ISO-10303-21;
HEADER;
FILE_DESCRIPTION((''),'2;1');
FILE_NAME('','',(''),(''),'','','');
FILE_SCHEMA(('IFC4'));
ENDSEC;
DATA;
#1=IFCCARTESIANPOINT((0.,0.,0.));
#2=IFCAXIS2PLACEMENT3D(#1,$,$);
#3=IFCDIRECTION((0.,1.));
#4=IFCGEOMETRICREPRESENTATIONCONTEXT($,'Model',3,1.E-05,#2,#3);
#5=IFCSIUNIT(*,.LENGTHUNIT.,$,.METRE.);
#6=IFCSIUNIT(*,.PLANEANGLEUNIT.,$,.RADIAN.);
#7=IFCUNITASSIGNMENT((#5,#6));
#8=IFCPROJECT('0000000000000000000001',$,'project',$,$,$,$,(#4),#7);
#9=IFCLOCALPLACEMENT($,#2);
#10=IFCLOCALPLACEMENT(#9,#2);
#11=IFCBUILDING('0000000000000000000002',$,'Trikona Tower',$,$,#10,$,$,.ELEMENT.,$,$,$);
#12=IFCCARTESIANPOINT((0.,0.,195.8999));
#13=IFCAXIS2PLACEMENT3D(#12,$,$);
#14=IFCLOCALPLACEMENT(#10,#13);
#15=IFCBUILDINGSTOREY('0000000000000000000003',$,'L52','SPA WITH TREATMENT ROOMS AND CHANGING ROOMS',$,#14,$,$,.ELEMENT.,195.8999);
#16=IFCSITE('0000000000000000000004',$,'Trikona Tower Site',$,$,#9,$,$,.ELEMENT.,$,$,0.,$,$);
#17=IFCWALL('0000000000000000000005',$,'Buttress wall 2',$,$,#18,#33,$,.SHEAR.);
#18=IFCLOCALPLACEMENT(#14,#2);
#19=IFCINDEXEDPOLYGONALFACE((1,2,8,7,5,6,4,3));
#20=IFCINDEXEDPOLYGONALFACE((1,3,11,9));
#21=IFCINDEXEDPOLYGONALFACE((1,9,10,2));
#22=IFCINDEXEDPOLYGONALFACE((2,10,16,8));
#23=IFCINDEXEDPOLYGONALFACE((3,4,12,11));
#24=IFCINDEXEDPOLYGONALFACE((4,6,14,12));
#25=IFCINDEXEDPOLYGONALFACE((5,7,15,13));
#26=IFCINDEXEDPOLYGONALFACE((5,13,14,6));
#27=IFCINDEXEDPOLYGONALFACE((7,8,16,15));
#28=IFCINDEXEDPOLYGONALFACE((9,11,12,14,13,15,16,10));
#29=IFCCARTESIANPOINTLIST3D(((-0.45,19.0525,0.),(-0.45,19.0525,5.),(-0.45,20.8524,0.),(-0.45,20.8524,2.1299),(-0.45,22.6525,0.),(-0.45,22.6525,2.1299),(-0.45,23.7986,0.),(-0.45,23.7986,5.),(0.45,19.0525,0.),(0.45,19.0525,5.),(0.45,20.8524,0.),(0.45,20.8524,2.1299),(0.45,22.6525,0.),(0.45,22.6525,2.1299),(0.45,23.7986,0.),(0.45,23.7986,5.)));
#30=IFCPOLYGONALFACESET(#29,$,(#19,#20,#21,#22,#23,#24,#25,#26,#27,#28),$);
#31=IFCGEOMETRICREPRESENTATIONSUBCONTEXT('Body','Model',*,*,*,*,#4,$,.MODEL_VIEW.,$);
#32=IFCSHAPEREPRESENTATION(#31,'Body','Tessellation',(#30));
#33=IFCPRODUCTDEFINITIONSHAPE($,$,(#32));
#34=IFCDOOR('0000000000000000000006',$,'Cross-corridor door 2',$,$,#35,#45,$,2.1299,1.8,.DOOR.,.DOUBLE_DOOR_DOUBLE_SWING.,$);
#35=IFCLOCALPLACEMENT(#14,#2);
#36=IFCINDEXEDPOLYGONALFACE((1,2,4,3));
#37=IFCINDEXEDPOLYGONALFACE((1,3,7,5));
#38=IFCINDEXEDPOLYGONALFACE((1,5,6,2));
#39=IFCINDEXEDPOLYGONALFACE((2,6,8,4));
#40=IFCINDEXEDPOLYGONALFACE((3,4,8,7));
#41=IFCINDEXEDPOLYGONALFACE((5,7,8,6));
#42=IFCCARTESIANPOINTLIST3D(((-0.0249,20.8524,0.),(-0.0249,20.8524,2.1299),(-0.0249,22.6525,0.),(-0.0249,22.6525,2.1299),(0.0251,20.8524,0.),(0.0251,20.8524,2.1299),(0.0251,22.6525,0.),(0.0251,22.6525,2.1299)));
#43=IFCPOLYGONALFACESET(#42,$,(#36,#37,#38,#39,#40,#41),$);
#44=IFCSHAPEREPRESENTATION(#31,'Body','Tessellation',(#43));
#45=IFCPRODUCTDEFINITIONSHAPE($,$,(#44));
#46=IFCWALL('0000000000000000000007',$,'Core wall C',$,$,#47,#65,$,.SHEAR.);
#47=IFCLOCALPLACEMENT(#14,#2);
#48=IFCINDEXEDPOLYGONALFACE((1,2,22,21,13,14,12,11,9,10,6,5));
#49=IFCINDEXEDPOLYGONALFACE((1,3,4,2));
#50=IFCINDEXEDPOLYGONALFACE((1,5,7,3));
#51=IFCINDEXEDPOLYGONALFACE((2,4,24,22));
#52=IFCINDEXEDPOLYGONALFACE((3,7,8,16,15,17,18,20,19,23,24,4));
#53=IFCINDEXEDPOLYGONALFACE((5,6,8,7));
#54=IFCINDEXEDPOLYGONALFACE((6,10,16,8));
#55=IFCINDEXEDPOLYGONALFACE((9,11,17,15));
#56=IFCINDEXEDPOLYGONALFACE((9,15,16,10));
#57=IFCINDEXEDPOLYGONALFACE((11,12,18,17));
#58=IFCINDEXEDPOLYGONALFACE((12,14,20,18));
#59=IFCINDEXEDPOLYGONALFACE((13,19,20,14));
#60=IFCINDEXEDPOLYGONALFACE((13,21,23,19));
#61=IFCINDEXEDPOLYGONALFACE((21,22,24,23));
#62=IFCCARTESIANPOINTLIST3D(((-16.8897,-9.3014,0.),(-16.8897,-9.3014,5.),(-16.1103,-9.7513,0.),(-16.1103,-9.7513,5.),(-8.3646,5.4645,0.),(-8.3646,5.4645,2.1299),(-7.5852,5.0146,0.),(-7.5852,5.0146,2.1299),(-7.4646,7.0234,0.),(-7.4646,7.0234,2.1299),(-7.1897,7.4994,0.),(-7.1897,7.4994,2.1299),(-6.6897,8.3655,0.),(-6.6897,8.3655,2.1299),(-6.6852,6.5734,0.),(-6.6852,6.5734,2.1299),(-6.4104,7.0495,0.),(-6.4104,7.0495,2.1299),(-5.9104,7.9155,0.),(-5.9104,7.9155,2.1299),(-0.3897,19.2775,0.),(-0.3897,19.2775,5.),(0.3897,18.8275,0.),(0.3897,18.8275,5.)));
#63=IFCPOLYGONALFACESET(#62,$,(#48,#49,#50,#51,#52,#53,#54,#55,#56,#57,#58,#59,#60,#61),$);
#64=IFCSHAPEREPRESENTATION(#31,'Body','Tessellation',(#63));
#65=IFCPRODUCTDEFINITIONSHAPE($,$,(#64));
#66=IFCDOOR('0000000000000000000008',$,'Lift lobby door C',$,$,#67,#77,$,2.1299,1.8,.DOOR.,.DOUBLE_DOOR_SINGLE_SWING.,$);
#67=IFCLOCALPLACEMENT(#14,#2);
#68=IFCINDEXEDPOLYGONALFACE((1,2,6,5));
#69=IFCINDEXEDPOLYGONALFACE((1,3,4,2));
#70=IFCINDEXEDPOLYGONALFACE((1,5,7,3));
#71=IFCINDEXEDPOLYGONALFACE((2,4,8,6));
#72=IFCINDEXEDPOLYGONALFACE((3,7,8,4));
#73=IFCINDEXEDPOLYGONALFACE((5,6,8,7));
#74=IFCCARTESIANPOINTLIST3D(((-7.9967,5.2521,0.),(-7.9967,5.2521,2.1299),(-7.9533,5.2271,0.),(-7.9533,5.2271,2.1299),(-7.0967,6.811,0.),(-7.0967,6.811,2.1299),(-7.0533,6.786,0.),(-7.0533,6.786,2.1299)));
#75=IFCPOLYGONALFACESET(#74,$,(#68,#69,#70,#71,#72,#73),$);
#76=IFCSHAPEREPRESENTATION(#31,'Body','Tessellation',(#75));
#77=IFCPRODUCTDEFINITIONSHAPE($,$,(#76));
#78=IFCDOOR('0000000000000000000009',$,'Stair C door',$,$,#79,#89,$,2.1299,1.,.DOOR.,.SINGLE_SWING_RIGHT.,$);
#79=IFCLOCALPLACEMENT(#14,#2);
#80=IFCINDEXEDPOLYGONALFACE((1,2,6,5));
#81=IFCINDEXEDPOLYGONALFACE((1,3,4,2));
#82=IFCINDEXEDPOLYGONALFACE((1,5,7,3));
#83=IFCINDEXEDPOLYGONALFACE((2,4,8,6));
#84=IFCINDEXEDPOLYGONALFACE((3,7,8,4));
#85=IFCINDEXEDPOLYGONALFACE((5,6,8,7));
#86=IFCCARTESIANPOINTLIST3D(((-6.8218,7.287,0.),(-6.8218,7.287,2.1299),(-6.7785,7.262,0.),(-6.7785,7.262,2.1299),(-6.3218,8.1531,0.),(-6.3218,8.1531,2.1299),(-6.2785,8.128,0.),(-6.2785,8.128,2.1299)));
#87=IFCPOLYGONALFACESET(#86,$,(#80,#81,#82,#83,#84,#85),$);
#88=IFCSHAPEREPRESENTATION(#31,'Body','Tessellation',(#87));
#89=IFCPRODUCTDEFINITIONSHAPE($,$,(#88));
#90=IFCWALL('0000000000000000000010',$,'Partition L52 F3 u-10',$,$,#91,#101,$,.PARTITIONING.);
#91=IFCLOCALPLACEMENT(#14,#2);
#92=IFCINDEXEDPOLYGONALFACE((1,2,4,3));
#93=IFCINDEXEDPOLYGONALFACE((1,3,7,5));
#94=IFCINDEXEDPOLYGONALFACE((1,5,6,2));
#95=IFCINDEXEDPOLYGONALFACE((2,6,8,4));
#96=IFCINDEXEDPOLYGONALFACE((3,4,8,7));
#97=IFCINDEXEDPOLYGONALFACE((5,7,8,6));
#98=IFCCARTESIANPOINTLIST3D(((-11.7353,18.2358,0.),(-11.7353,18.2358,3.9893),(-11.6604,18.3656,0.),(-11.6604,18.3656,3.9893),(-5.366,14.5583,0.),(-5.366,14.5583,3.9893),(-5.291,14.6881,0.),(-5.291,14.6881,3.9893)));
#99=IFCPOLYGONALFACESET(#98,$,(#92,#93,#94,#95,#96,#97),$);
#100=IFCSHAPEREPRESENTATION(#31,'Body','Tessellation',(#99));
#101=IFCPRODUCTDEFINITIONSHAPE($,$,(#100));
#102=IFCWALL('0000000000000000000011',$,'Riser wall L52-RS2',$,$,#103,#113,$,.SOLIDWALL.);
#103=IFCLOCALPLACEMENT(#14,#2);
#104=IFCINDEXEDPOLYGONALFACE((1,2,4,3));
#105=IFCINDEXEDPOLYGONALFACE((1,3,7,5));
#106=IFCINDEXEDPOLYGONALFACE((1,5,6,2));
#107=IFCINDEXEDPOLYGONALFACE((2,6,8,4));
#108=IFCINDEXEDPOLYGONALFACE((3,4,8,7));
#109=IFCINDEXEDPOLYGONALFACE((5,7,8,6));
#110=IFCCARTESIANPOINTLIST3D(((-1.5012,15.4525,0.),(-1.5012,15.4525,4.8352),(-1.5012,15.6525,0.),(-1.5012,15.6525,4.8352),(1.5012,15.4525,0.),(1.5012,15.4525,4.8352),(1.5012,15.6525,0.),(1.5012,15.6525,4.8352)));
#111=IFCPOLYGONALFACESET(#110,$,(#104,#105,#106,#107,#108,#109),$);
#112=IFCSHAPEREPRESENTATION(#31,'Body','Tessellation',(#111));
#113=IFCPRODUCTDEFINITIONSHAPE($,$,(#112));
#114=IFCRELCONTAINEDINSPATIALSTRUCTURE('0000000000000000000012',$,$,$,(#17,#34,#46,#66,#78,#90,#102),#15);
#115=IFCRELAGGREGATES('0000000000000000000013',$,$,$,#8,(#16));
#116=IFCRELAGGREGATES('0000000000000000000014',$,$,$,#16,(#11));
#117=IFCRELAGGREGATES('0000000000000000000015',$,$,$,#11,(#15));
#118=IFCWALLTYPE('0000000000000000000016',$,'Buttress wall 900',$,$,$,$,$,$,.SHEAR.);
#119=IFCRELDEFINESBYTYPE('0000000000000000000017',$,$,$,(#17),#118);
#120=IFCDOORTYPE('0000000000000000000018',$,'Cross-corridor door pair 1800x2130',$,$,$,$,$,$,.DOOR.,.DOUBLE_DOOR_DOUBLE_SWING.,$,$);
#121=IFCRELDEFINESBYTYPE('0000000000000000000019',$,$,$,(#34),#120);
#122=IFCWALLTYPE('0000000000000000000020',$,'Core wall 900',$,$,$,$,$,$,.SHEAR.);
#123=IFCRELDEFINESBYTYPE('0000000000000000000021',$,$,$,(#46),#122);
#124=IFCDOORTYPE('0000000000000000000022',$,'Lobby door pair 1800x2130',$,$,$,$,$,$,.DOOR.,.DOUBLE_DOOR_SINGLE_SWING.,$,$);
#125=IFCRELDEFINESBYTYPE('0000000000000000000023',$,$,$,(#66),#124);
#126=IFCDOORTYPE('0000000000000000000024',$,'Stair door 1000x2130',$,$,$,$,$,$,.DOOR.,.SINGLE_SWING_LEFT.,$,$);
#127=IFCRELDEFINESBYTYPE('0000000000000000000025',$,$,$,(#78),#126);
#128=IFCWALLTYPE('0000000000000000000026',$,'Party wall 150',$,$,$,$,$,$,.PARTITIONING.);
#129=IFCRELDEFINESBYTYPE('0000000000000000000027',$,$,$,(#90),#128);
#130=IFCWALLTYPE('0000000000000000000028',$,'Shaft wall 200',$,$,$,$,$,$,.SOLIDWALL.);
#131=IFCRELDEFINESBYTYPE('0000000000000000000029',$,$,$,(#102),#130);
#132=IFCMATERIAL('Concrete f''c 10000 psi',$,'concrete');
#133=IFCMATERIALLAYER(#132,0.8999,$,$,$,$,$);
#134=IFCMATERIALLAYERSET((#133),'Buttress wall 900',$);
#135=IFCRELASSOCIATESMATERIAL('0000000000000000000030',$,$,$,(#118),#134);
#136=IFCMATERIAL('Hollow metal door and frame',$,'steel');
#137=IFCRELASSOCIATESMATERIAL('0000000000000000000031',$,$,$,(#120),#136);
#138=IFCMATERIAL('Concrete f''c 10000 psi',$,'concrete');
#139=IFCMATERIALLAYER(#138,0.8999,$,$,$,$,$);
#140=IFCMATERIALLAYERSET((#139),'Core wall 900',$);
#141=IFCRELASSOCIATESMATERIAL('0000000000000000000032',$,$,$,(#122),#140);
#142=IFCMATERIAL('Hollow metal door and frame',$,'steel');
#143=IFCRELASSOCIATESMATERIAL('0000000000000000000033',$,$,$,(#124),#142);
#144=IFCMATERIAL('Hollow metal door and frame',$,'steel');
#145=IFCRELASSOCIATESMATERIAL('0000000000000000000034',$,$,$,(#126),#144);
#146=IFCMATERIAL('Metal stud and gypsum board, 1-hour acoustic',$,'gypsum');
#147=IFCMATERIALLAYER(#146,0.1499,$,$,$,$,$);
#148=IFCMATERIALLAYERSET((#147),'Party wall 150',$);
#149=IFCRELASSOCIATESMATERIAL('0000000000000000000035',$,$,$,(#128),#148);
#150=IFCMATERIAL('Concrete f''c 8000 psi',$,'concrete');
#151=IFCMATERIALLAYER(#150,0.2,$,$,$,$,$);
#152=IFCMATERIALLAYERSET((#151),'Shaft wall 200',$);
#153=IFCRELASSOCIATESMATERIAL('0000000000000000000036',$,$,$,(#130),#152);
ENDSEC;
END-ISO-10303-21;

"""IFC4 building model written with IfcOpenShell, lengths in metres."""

from ifc_helpers import new_model, si_unit, direction, frame, frame_2d, origin, place, context, subcontext, project, spatial, rectangle, extrude, material, layer, layer_set, type_object, element, fill, save


model = new_model("IFC4")

# Units and contexts
model_context = context("Model", 3, precision=1e-05, world=origin(), true_north=direction((0.0, 1.0)))
body_context = subcontext(model_context, "Body", "Model", "MODEL_VIEW")
ifc_project = project(units=[si_unit("LENGTHUNIT", "METRE"), si_unit("PLANEANGLEUNIT", "RADIAN")], contexts=[model_context])

# Site, building, storey
site_placement = place(None, origin())
site = spatial("IfcSite", under=ifc_project, at=site_placement, Name="Trikona Tower Site", CompositionType="ELEMENT", RefElevation=0.0)
building_placement = place(site_placement, origin())
building = spatial("IfcBuilding", under=site, at=building_placement, Name="Trikona Tower", CompositionType="ELEMENT")
storey_placement = place(building_placement, frame((0.0, 0.0, 195.8999)))
storey = spatial("IfcBuildingStorey", under=building, at=storey_placement, Name="L52", Description="SPA WITH TREATMENT ROOMS AND CHANGING ROOMS", CompositionType="ELEMENT", Elevation=195.8999)

# Wall, opening, door
ifc_material_1 = material(Name="Concrete f'c 10000 psi", Category="concrete")
ifc_layer_1 = layer(ifc_material_1, 0.8999)
ifc_layer_set_1 = layer_set([ifc_layer_1], Name="Buttress wall 900")
wall_type_1 = type_object("IfcWallType", Name="Buttress wall 900", PredefinedType="SHEAR", material=ifc_layer_set_1)
wall_1_placement = place(storey_placement, frame((0.0, 19.0525, 0.0), z_axis=(0.0, 0.0, 1.0), x_axis=(0.0, 1.0, 0.0)))
wall_1 = element("IfcWall", 1, at=wall_1_placement, inside=storey, type_object=wall_type_1, Name="Buttress wall 2", PredefinedType="SHEAR", context=body_context, shape_type="SweptSolid", body=[
    extrude(rectangle(XDim=4.7461, YDim=0.8999, at=frame_2d((2.373, 0.0))), origin(), (0.0, 0.0, 1.0), 5.0),
])
opening_1_placement = place(wall_1_placement, frame((1.8, 0.0, 0.0)))
opening_1 = element("IfcOpeningElement", 2, at=opening_1_placement, cuts=wall_1, PredefinedType="OPENING", context=body_context, shape_type="SweptSolid", body=[
    extrude(rectangle(XDim=1.8, YDim=2.1299, at=frame_2d((0.8999, 1.0649))), frame((0.0, 0.46, 0.0), z_axis=(0.0, -1.0, 0.0), x_axis=(1.0, 0.0, 0.0)), (0.0, 0.0, 1.0), 0.9199),
])
ifc_material_2 = material(Name="Hollow metal door and frame", Category="steel")
door_type_1 = type_object("IfcDoorType", Name="Cross-corridor door pair 1800x2130", OperationType="DOUBLE_DOOR_DOUBLE_SWING", PredefinedType="DOOR", material=ifc_material_2)
door_1_placement = place(opening_1_placement, origin())
door_1 = element("IfcDoor", 3, at=door_1_placement, inside=storey, type_object=door_type_1, Name="Cross-corridor door 2", OperationType="DOUBLE_DOOR_DOUBLE_SWING", OverallHeight=2.1299, OverallWidth=1.8, PredefinedType="DOOR", context=body_context, shape_type="SweptSolid", body=[
    extrude(rectangle(XDim=1.8, YDim=2.1299, at=frame_2d((0.8999, 1.0649))), frame((0.0, 0.0249, 0.0), z_axis=(0.0, -1.0, 0.0), x_axis=(1.0, 0.0, 0.0)), (0.0, 0.0, 1.0), 0.05),
])
fill(opening_1, door_1)

# Wall, openings, doors
ifc_material_3 = material(Name="Concrete f'c 10000 psi", Category="concrete")
ifc_layer_2 = layer(ifc_material_3, 0.8999)
ifc_layer_set_2 = layer_set([ifc_layer_2], Name="Core wall 900")
wall_type_2 = type_object("IfcWallType", Name="Core wall 900", PredefinedType="SHEAR", material=ifc_layer_set_2)
wall_2_placement = place(storey_placement, frame((0.0, 19.0525, 0.0), z_axis=(0.0, 0.0, 1.0), x_axis=(-0.5, -0.866026, 0.0)))
wall_2 = element("IfcWall", 4, at=wall_2_placement, inside=storey, type_object=wall_type_2, Name="Core wall C", PredefinedType="SHEAR", context=body_context, shape_type="SweptSolid", body=[
    extrude(rectangle(XDim=33.0, YDim=0.8999, at=frame_2d((16.5, 0.0))), origin(), (0.0, 0.0, 1.0), 5.0),
])
opening_2_placement = place(wall_2_placement, frame((14.1499, 0.0, 0.0)))
opening_2 = element("IfcOpeningElement", 5, at=opening_2_placement, cuts=wall_2, PredefinedType="OPENING", context=body_context, shape_type="SweptSolid", body=[
    extrude(rectangle(XDim=1.8, YDim=2.1299, at=frame_2d((0.8999, 1.0649))), frame((0.0, 0.46, 0.0), z_axis=(0.0, -1.0, 0.0), x_axis=(1.0, 0.0, 0.0)), (0.0, 0.0, 1.0), 0.9199),
])
opening_3_placement = place(wall_2_placement, frame((12.6001, 0.0, 0.0)))
opening_3 = element("IfcOpeningElement", 6, at=opening_3_placement, cuts=wall_2, PredefinedType="OPENING", context=body_context, shape_type="SweptSolid", body=[
    extrude(rectangle(XDim=1.0, YDim=2.1299, at=frame_2d((0.5, 1.0649))), frame((0.0, 0.46, 0.0), z_axis=(0.0, -1.0, 0.0), x_axis=(1.0, 0.0, 0.0)), (0.0, 0.0, 1.0), 0.9199),
])
ifc_material_4 = material(Name="Hollow metal door and frame", Category="steel")
door_type_2 = type_object("IfcDoorType", Name="Lobby door pair 1800x2130", OperationType="DOUBLE_DOOR_SINGLE_SWING", PredefinedType="DOOR", material=ifc_material_4)
door_2_placement = place(opening_2_placement, origin())
door_2 = element("IfcDoor", 7, at=door_2_placement, inside=storey, type_object=door_type_2, Name="Lift lobby door C", OperationType="DOUBLE_DOOR_SINGLE_SWING", OverallHeight=2.1299, OverallWidth=1.8, PredefinedType="DOOR", context=body_context, shape_type="SweptSolid", body=[
    extrude(rectangle(XDim=1.8, YDim=2.1299, at=frame_2d((0.8999, 1.0649))), frame((0.0, 0.0249, 0.0), z_axis=(0.0, -1.0, 0.0), x_axis=(1.0, 0.0, 0.0)), (0.0, 0.0, 1.0), 0.05),
])
fill(opening_2, door_2)
ifc_material_5 = material(Name="Hollow metal door and frame", Category="steel")
door_type_3 = type_object("IfcDoorType", Name="Stair door 1000x2130", OperationType="SINGLE_SWING_LEFT", PredefinedType="DOOR", material=ifc_material_5)
door_3_placement = place(opening_3_placement, origin())
door_3 = element("IfcDoor", 8, at=door_3_placement, inside=storey, type_object=door_type_3, Name="Stair C door", OperationType="SINGLE_SWING_RIGHT", OverallHeight=2.1299, OverallWidth=1.0, PredefinedType="DOOR", context=body_context, shape_type="SweptSolid", body=[
    extrude(rectangle(XDim=1.0, YDim=2.1299, at=frame_2d((0.5, 1.0649))), frame((0.0, 0.0249, 0.0), z_axis=(0.0, -1.0, 0.0), x_axis=(1.0, 0.0, 0.0)), (0.0, 0.0, 1.0), 0.05),
])
fill(opening_3, door_3)

# Walls
ifc_material_6 = material(Name="Metal stud and gypsum board, 1-hour acoustic", Category="gypsum")
ifc_layer_3 = layer(ifc_material_6, 0.1499)
ifc_layer_set_3 = layer_set([ifc_layer_3], Name="Party wall 150")
wall_type_3 = type_object("IfcWallType", Name="Party wall 150", PredefinedType="PARTITIONING", material=ifc_layer_set_3)
wall_3_placement = place(storey_placement, frame((-5.3286, 14.6233, 0.0), z_axis=(0.0, 0.0, 1.0), x_axis=(-0.866018, 0.500013, 0.0)))
element("IfcWall", 9, at=wall_3_placement, inside=storey, type_object=wall_type_3, Name="Partition L52 F3 u-10", PredefinedType="PARTITIONING", context=body_context, shape_type="SweptSolid", body=[
    extrude(rectangle(XDim=7.3547, YDim=0.1499, at=frame_2d((3.6772, 0.0))), origin(), (0.0, 0.0, 1.0), 3.9893),
])
ifc_material_7 = material(Name="Concrete f'c 8000 psi", Category="concrete")
ifc_layer_4 = layer(ifc_material_7, 0.2)
ifc_layer_set_4 = layer_set([ifc_layer_4], Name="Shaft wall 200")
wall_type_4 = type_object("IfcWallType", Name="Shaft wall 200", PredefinedType="SOLIDWALL", material=ifc_layer_set_4)
wall_4_placement = place(storey_placement, frame((-1.5012, 15.5525, 0.0), z_axis=(0.0, 0.0, 1.0), x_axis=(1.0, 0.0, 0.0)))
element("IfcWall", 10, at=wall_4_placement, inside=storey, type_object=wall_type_4, Name="Riser wall L52-RS2", PredefinedType="SOLIDWALL", context=body_context, shape_type="SweptSolid", body=[
    extrude(rectangle(XDim=3.0024, YDim=0.2, at=frame_2d((1.5012, 0.0))), origin(), (0.0, 0.0, 1.0), 4.8352),
])

save(model, "model.ifc")
